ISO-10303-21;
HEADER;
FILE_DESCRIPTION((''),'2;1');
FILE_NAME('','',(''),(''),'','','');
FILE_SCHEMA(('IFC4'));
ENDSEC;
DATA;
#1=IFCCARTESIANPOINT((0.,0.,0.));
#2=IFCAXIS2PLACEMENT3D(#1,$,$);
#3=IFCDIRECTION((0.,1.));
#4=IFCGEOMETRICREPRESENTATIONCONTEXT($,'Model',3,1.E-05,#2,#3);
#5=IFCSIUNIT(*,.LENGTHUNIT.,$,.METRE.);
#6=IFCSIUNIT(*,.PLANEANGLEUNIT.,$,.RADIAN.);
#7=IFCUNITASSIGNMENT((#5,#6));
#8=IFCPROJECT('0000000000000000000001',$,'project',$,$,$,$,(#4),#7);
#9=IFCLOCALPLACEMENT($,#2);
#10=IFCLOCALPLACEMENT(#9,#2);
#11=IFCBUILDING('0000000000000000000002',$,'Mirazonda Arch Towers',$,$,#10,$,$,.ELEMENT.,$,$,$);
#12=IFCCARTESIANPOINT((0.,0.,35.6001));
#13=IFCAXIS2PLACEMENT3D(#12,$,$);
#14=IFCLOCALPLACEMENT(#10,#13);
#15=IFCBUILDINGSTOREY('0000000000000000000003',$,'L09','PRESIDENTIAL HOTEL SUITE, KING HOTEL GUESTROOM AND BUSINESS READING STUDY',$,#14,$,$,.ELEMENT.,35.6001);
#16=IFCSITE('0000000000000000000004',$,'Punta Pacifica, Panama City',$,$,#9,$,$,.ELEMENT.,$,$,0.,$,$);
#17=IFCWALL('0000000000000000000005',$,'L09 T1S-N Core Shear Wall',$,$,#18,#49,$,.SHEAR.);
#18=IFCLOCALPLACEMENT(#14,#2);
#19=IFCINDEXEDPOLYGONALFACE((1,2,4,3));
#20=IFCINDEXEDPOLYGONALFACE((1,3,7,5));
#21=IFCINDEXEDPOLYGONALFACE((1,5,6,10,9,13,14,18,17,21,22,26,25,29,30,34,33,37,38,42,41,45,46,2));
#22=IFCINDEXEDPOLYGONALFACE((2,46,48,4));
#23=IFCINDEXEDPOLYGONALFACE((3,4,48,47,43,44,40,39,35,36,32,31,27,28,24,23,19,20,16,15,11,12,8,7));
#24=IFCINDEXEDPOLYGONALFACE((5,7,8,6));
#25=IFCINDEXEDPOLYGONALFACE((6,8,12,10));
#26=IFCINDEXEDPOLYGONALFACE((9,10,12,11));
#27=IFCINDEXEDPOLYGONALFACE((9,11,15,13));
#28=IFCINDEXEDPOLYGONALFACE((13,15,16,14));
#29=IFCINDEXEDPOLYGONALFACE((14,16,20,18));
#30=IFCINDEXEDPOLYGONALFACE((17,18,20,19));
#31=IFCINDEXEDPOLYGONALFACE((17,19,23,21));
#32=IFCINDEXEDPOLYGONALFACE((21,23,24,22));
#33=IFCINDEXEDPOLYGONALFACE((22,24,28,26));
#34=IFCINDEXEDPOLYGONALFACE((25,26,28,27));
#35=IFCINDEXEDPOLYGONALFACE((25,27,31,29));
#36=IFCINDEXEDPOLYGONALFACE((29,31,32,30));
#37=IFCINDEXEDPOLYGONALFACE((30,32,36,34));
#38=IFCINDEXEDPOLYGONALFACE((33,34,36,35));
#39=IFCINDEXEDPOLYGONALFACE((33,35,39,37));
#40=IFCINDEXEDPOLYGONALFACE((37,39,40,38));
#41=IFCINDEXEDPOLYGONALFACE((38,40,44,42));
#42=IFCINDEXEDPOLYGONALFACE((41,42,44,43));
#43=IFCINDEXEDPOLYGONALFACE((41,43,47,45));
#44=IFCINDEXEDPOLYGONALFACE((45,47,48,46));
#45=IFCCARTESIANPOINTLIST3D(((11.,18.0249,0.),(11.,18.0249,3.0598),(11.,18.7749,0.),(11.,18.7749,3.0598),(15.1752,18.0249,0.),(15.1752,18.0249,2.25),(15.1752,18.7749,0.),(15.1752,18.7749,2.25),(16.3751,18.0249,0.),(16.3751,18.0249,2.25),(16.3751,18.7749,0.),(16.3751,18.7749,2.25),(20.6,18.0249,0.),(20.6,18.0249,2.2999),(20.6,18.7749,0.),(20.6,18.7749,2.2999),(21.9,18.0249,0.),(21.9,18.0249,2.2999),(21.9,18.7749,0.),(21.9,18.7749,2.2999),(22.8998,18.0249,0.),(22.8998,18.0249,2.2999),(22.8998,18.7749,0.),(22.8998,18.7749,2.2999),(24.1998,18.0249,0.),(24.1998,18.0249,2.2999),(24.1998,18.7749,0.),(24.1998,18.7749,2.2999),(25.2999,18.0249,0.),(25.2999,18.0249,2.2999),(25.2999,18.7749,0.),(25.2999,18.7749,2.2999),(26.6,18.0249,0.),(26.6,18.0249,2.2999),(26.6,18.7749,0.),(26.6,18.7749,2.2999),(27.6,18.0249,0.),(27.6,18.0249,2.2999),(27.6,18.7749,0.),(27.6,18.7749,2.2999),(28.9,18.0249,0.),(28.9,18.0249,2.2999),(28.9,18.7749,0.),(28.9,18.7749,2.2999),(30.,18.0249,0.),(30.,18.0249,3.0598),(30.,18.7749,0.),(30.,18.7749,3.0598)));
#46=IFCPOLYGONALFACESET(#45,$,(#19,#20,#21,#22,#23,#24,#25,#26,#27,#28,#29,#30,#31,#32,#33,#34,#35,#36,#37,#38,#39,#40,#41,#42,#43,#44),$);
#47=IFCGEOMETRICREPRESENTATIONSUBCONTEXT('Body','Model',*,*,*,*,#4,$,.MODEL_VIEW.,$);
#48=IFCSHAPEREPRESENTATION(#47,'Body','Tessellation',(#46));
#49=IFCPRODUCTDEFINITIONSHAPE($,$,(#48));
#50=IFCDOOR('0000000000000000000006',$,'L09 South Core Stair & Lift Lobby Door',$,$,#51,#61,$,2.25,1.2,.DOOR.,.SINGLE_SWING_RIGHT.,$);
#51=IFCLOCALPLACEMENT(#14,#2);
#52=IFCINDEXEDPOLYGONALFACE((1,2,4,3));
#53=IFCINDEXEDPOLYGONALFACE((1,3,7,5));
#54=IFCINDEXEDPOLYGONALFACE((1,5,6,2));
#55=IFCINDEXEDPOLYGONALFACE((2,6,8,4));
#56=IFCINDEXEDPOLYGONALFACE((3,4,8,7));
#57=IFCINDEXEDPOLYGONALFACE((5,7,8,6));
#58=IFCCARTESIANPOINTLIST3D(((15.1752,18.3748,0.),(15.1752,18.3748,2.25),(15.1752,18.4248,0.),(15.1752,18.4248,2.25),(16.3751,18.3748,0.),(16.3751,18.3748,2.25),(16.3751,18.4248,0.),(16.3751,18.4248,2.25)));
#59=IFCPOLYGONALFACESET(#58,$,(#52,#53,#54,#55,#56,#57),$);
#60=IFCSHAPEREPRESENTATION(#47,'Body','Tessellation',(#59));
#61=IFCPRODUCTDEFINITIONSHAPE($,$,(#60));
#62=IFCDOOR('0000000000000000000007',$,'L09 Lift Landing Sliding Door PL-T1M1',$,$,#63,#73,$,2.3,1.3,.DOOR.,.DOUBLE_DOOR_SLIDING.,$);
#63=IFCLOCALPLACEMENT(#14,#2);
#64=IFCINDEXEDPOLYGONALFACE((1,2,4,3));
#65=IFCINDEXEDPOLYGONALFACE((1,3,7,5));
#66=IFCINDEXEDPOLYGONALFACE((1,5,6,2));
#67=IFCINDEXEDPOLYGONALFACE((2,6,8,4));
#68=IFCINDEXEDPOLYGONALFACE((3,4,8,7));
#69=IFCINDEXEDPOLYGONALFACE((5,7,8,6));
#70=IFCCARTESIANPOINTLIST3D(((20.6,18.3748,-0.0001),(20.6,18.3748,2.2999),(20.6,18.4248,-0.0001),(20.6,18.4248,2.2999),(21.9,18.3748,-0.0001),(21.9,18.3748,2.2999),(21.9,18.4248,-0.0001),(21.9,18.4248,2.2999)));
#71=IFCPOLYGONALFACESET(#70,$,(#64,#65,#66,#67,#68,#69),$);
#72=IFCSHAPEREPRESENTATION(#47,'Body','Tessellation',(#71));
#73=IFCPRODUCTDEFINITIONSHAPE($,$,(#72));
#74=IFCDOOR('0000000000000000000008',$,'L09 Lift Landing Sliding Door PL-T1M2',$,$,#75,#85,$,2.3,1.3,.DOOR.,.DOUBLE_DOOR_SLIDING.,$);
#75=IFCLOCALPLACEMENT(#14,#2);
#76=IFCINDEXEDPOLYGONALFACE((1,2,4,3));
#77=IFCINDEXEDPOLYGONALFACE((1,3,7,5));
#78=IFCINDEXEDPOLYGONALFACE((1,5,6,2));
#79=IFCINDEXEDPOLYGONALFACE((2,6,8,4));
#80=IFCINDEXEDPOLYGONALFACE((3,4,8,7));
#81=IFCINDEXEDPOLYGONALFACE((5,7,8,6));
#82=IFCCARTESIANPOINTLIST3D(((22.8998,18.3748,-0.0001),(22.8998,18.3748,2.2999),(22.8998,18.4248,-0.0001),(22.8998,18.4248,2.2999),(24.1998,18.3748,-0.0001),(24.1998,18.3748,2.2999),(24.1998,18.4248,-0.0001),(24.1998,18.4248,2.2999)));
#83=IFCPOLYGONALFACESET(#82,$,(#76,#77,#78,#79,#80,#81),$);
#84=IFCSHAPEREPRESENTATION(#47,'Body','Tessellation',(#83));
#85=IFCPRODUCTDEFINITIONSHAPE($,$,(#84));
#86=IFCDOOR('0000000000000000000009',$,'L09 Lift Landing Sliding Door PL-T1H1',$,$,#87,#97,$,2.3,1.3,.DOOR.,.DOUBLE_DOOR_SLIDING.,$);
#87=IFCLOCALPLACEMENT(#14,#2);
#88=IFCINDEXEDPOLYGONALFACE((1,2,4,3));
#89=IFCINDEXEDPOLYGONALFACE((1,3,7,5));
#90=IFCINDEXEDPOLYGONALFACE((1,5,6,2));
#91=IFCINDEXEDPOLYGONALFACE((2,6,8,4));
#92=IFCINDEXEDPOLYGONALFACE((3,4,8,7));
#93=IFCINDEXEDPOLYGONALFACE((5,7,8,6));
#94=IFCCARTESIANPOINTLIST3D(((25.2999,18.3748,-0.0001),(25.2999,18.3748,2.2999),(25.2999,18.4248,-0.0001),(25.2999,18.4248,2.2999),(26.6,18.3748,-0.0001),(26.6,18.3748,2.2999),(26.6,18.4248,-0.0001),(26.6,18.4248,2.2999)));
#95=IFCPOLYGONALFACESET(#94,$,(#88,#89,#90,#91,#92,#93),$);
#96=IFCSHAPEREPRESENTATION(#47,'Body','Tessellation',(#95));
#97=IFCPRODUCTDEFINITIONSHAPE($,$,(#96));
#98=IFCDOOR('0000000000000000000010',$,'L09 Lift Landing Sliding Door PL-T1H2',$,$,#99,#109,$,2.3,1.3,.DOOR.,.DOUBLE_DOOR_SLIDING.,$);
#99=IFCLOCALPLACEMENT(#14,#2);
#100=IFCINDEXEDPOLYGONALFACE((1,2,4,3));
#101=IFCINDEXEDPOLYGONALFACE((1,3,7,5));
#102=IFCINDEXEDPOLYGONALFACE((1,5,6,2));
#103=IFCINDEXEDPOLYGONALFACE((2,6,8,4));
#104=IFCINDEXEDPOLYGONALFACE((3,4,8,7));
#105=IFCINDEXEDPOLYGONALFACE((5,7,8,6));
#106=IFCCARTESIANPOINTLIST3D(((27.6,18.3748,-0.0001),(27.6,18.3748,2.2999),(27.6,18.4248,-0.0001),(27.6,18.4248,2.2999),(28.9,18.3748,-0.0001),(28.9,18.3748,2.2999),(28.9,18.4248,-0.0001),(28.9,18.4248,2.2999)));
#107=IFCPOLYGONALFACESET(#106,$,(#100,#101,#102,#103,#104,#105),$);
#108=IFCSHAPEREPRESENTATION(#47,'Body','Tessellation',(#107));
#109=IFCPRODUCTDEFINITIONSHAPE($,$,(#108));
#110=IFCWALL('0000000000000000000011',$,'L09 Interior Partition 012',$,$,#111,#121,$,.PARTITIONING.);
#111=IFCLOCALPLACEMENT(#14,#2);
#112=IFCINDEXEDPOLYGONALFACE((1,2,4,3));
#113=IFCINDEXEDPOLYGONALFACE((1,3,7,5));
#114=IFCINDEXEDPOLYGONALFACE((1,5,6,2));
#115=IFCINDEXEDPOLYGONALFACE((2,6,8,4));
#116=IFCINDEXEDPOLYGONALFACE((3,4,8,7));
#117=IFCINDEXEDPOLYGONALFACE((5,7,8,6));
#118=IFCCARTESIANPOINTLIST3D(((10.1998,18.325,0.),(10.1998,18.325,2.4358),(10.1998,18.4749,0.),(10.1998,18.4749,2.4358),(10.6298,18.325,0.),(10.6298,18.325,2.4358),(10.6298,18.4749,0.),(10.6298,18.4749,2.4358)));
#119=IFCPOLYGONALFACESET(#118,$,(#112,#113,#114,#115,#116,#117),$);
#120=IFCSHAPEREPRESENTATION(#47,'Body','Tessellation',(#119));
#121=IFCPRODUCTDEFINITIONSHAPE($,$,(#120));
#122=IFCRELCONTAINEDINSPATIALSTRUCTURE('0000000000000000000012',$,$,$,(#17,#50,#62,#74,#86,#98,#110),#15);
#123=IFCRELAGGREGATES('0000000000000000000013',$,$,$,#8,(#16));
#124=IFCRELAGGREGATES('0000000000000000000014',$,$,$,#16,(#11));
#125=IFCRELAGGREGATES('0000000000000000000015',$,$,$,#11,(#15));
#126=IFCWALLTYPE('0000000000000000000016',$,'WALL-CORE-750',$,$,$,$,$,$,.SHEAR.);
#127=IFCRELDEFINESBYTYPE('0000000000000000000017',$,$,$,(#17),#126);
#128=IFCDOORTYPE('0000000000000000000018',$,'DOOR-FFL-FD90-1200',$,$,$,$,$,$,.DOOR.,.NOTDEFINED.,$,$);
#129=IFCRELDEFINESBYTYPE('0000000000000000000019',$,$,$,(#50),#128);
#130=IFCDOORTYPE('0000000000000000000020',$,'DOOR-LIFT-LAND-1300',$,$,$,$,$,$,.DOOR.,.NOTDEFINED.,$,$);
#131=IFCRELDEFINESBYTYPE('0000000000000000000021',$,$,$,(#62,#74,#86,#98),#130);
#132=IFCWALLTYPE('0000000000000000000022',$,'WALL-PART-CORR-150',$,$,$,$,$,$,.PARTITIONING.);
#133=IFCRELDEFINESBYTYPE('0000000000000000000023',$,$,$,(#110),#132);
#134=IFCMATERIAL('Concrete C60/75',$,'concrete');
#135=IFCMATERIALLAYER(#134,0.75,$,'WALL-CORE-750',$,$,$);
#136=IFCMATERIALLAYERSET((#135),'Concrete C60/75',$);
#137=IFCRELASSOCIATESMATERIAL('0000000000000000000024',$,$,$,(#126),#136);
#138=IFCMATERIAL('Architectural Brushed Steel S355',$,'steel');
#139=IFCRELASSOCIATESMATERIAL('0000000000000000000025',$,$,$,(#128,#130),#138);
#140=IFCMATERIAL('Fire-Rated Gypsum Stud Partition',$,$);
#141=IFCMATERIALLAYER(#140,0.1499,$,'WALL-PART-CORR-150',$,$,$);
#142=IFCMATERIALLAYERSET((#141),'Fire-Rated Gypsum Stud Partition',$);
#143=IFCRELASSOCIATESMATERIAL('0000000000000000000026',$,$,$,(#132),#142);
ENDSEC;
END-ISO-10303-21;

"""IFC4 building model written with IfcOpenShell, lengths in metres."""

from ifc_helpers import new_model, si_unit, direction, frame, frame_2d, origin, place, context, subcontext, project, spatial, rectangle, extrude, material, layer, layer_set, type_object, element, fill, save


model = new_model("IFC4")

# Units and contexts
model_context = context("Model", 3, precision=1e-05, world=origin(), true_north=direction((0.0, 1.0)))
body_context = subcontext(model_context, "Body", "Model", "MODEL_VIEW")
ifc_project = project(units=[si_unit("LENGTHUNIT", "METRE"), si_unit("PLANEANGLEUNIT", "RADIAN")], contexts=[model_context])

# Site, building, storey
site_placement = place(None, origin())
site = spatial("IfcSite", under=ifc_project, at=site_placement, Name="Punta Pacifica, Panama City", CompositionType="ELEMENT", RefElevation=0.0)
building_placement = place(site_placement, origin())
building = spatial("IfcBuilding", under=site, at=building_placement, Name="Mirazonda Arch Towers", CompositionType="ELEMENT")
storey_placement = place(building_placement, frame((0.0, 0.0, 35.6001)))
storey = spatial("IfcBuildingStorey", under=building, at=storey_placement, Name="L09", Description="PRESIDENTIAL HOTEL SUITE, KING HOTEL GUESTROOM AND BUSINESS READING STUDY", CompositionType="ELEMENT", Elevation=35.6001)

# Shared definitions
ifc_material_1 = material(Name="Concrete C60/75", Category="concrete")

# Shared definitions
ifc_material_2 = material(Name="Architectural Brushed Steel S355", Category="steel")

# Wall, openings, doors
ifc_layer_1 = layer(ifc_material_1, 0.75, Name="WALL-CORE-750")
ifc_layer_set_1 = layer_set([ifc_layer_1], Name="Concrete C60/75")
wall_type_1 = type_object("IfcWallType", Name="WALL-CORE-750", PredefinedType="SHEAR", material=ifc_layer_set_1)
wall_1_placement = place(storey_placement, frame((11.0, 18.3999, 0.0), z_axis=(0.0, 0.0, 1.0), x_axis=(1.0, 0.0, 0.0)))
wall_1 = element("IfcWall", 1, at=wall_1_placement, inside=storey, type_object=wall_type_1, Name="L09 T1S-N Core Shear Wall", PredefinedType="SHEAR", context=body_context, shape_type="SweptSolid", body=[
    extrude(rectangle(XDim=19.0, YDim=0.75, at=frame_2d((9.5, 0.0))), origin(), (0.0, 0.0, 1.0), 3.0598),
])
opening_1_placement = place(wall_1_placement, frame((4.175, 0.0, 0.0)))
opening_1 = element("IfcOpeningElement", 2, at=opening_1_placement, cuts=wall_1, PredefinedType="OPENING", context=body_context, shape_type="SweptSolid", body=[
    extrude(rectangle(XDim=1.2, YDim=2.25, at=frame_2d((0.6001, 1.125))), frame((0.0, 0.385, 0.0), z_axis=(0.0, -1.0, 0.0), x_axis=(1.0, 0.0, 0.0)), (0.0, 0.0, 1.0), 0.77),
])
opening_2_placement = place(wall_1_placement, frame((9.6001, 0.0, 0.0)))
opening_2 = element("IfcOpeningElement", 3, at=opening_2_placement, cuts=wall_1, PredefinedType="OPENING", context=body_context, shape_type="SweptSolid", body=[
    extrude(rectangle(XDim=1.3, YDim=2.3, at=frame_2d((0.6499, 1.1499))), frame((0.0, 0.385, 0.0), z_axis=(0.0, -1.0, 0.0), x_axis=(1.0, 0.0, 0.0)), (0.0, 0.0, 1.0), 0.77),
])
opening_3_placement = place(wall_1_placement, frame((11.8999, 0.0, 0.0)))
opening_3 = element("IfcOpeningElement", 4, at=opening_3_placement, cuts=wall_1, PredefinedType="OPENING", context=body_context, shape_type="SweptSolid", body=[
    extrude(rectangle(XDim=1.3, YDim=2.3, at=frame_2d((0.6499, 1.1499))), frame((0.0, 0.385, 0.0), z_axis=(0.0, -1.0, 0.0), x_axis=(1.0, 0.0, 0.0)), (0.0, 0.0, 1.0), 0.77),
])
opening_4_placement = place(wall_1_placement, frame((14.3, 0.0, 0.0)))
opening_4 = element("IfcOpeningElement", 5, at=opening_4_placement, cuts=wall_1, PredefinedType="OPENING", context=body_context, shape_type="SweptSolid", body=[
    extrude(rectangle(XDim=1.3, YDim=2.3, at=frame_2d((0.6499, 1.1499))), frame((0.0, 0.385, 0.0), z_axis=(0.0, -1.0, 0.0), x_axis=(1.0, 0.0, 0.0)), (0.0, 0.0, 1.0), 0.77),
])
opening_5_placement = place(wall_1_placement, frame((16.6001, 0.0, 0.0)))
opening_5 = element("IfcOpeningElement", 6, at=opening_5_placement, cuts=wall_1, PredefinedType="OPENING", context=body_context, shape_type="SweptSolid", body=[
    extrude(rectangle(XDim=1.3, YDim=2.3, at=frame_2d((0.6499, 1.1499))), frame((0.0, 0.385, 0.0), z_axis=(0.0, -1.0, 0.0), x_axis=(1.0, 0.0, 0.0)), (0.0, 0.0, 1.0), 0.77),
])
door_type_1 = type_object("IfcDoorType", Name="DOOR-FFL-FD90-1200", OperationType="NOTDEFINED", PredefinedType="DOOR", material=ifc_material_2)
door_1_placement = place(opening_1_placement, origin())
door_1 = element("IfcDoor", 7, at=door_1_placement, inside=storey, type_object=door_type_1, Name="L09 South Core Stair & Lift Lobby Door", OperationType="SINGLE_SWING_RIGHT", OverallHeight=2.25, OverallWidth=1.2, PredefinedType="DOOR", context=body_context, shape_type="SweptSolid", body=[
    extrude(rectangle(XDim=1.2, YDim=2.25, at=frame_2d((0.6001, 1.125))), frame((0.0, 0.0249, 0.0), z_axis=(0.0, -1.0, 0.0), x_axis=(1.0, 0.0, 0.0)), (0.0, 0.0, 1.0), 0.05),
])
fill(opening_1, door_1)
door_type_2 = type_object("IfcDoorType", Name="DOOR-LIFT-LAND-1300", OperationType="NOTDEFINED", PredefinedType="DOOR", material=ifc_material_2)
door_2_placement = place(opening_2_placement, origin())
door_2 = element("IfcDoor", 8, at=door_2_placement, inside=storey, type_object=door_type_2, Name="L09 Lift Landing Sliding Door PL-T1M1", OperationType="DOUBLE_DOOR_SLIDING", OverallHeight=2.3, OverallWidth=1.3, PredefinedType="DOOR", context=body_context, shape_type="SweptSolid", body=[
    extrude(rectangle(XDim=1.3, YDim=2.3, at=frame_2d((0.6499, 1.1499))), frame((0.0, 0.0249, 0.0), z_axis=(0.0, -1.0, 0.0), x_axis=(1.0, 0.0, 0.0)), (0.0, 0.0, 1.0), 0.05),
])
fill(opening_2, door_2)
door_3_placement = place(opening_3_placement, origin())
door_3 = element("IfcDoor", 9, at=door_3_placement, inside=storey, type_object=door_type_2, Name="L09 Lift Landing Sliding Door PL-T1M2", OperationType="DOUBLE_DOOR_SLIDING", OverallHeight=2.3, OverallWidth=1.3, PredefinedType="DOOR", context=body_context, shape_type="SweptSolid", body=[
    extrude(rectangle(XDim=1.3, YDim=2.3, at=frame_2d((0.6499, 1.1499))), frame((0.0, 0.0249, 0.0), z_axis=(0.0, -1.0, 0.0), x_axis=(1.0, 0.0, 0.0)), (0.0, 0.0, 1.0), 0.05),
])
fill(opening_3, door_3)
door_4_placement = place(opening_4_placement, origin())
door_4 = element("IfcDoor", 10, at=door_4_placement, inside=storey, type_object=door_type_2, Name="L09 Lift Landing Sliding Door PL-T1H1", OperationType="DOUBLE_DOOR_SLIDING", OverallHeight=2.3, OverallWidth=1.3, PredefinedType="DOOR", context=body_context, shape_type="SweptSolid", body=[
    extrude(rectangle(XDim=1.3, YDim=2.3, at=frame_2d((0.6499, 1.1499))), frame((0.0, 0.0249, 0.0), z_axis=(0.0, -1.0, 0.0), x_axis=(1.0, 0.0, 0.0)), (0.0, 0.0, 1.0), 0.05),
])
fill(opening_4, door_4)
door_5_placement = place(opening_5_placement, origin())
door_5 = element("IfcDoor", 11, at=door_5_placement, inside=storey, type_object=door_type_2, Name="L09 Lift Landing Sliding Door PL-T1H2", OperationType="DOUBLE_DOOR_SLIDING", OverallHeight=2.3, OverallWidth=1.3, PredefinedType="DOOR", context=body_context, shape_type="SweptSolid", body=[
    extrude(rectangle(XDim=1.3, YDim=2.3, at=frame_2d((0.6499, 1.1499))), frame((0.0, 0.0249, 0.0), z_axis=(0.0, -1.0, 0.0), x_axis=(1.0, 0.0, 0.0)), (0.0, 0.0, 1.0), 0.05),
])
fill(opening_5, door_5)

# Wall
ifc_material_3 = material(Name="Fire-Rated Gypsum Stud Partition")
ifc_layer_2 = layer(ifc_material_3, 0.1499, Name="WALL-PART-CORR-150")
ifc_layer_set_2 = layer_set([ifc_layer_2], Name="Fire-Rated Gypsum Stud Partition")
wall_type_2 = type_object("IfcWallType", Name="WALL-PART-CORR-150", PredefinedType="PARTITIONING", material=ifc_layer_set_2)
wall_2_placement = place(storey_placement, frame((10.2, 18.3999, 0.0), z_axis=(0.0, 0.0, 1.0), x_axis=(1.0, 0.0, 0.0)))
element("IfcWall", 12, at=wall_2_placement, inside=storey, type_object=wall_type_2, Name="L09 Interior Partition 012", PredefinedType="PARTITIONING", context=body_context, shape_type="SweptSolid", body=[
    extrude(rectangle(XDim=0.4299, YDim=0.1499, at=frame_2d((0.2148, 0.0))), origin(), (0.0, 0.0, 1.0), 2.4358),
])

save(model, "model.ifc")
